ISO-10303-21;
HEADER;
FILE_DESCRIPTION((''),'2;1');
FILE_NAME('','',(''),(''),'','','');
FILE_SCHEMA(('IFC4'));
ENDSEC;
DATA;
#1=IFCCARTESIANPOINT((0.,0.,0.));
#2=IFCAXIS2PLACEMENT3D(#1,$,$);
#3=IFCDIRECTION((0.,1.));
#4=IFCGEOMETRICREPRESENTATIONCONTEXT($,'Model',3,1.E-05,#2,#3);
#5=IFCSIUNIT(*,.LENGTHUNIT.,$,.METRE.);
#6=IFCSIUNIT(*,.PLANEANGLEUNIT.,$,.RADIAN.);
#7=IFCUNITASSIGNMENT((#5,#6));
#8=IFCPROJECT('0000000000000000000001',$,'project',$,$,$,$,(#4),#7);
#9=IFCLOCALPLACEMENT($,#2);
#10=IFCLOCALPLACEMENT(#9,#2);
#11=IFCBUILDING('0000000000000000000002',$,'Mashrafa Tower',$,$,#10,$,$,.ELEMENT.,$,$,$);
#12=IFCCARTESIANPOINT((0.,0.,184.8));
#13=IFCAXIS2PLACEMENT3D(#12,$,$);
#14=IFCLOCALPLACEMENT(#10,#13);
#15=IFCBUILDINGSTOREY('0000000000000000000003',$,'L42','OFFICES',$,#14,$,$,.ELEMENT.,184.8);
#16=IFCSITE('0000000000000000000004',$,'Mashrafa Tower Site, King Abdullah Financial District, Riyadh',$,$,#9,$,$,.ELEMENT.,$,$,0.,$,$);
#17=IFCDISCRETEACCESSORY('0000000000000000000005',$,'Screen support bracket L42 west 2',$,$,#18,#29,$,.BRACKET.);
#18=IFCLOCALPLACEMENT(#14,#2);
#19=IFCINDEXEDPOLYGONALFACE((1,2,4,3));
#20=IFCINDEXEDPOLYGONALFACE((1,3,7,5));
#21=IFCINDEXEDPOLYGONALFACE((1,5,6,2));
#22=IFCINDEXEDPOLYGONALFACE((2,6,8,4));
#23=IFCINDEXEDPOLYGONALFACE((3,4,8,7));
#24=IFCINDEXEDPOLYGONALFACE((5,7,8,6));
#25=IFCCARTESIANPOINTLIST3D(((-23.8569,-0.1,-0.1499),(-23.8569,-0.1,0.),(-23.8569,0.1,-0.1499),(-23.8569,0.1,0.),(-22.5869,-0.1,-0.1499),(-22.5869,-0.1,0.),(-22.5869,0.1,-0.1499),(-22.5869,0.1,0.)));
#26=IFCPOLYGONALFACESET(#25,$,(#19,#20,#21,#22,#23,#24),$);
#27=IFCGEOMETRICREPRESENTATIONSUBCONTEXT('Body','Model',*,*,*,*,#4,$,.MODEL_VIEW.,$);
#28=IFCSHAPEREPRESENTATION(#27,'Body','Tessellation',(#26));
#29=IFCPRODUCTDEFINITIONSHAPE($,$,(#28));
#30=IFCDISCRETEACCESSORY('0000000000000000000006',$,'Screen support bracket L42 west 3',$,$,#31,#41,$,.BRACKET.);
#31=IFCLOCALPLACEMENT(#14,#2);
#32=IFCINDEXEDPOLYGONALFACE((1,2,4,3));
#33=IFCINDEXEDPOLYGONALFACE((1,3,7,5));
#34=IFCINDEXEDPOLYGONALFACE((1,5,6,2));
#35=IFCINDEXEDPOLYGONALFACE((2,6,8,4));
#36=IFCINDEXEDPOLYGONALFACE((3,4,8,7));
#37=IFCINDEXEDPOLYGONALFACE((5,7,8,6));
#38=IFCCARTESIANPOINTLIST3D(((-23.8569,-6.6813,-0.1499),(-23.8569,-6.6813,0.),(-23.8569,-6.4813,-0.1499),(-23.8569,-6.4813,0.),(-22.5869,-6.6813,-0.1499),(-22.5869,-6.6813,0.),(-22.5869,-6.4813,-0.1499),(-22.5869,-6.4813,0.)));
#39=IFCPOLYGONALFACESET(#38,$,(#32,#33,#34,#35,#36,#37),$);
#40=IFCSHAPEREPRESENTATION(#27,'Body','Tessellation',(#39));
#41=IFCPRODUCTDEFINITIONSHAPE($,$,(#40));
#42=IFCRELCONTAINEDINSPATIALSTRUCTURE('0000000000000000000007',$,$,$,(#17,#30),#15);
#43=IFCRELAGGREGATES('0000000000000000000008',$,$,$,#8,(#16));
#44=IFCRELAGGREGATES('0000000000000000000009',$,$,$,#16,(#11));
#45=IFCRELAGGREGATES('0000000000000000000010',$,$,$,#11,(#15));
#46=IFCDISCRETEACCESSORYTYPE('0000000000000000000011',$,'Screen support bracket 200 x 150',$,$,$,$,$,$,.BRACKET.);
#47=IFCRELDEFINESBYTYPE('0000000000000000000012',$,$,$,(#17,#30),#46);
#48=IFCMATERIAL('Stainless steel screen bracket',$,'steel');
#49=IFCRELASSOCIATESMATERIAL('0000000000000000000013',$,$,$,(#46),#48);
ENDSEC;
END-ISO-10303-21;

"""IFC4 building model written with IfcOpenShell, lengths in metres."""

from ifc_helpers import new_model, si_unit, direction, frame, origin, origin_2d, place, context, subcontext, project, spatial, rectangle, extrude, source, transform, mapped, material, type_object, type_shapes, element, save


model = new_model("IFC4")

# Units and contexts
model_context = context("Model", 3, precision=1e-05, world=origin(), true_north=direction((0.0, 1.0)))
body_context = subcontext(model_context, "Body", "Model", "MODEL_VIEW")
ifc_project = project(units=[si_unit("LENGTHUNIT", "METRE"), si_unit("PLANEANGLEUNIT", "RADIAN")], contexts=[model_context])

# Site, building, storey
site_placement = place(None, origin())
site = spatial("IfcSite", under=ifc_project, at=site_placement, Name="Mashrafa Tower Site, King Abdullah Financial District, Riyadh", CompositionType="ELEMENT", RefElevation=0.0)
building_placement = place(site_placement, origin())
building = spatial("IfcBuilding", under=site, at=building_placement, Name="Mashrafa Tower", CompositionType="ELEMENT")
storey_placement = place(building_placement, frame((0.0, 0.0, 184.8)))
storey = spatial("IfcBuildingStorey", under=building, at=storey_placement, Name="L42", Description="OFFICES", CompositionType="ELEMENT", Elevation=184.8)

# Discrete accessories
ifc_material_1 = material(Name="Stainless steel screen bracket", Category="steel")
discrete_accessory_type = type_object("IfcDiscreteAccessoryType", Name="Screen support bracket 200 x 150", PredefinedType="BRACKET", material=ifc_material_1)
shared_shape_1 = source(origin(), body_context, "Body", "SweptSolid", [
    extrude(rectangle(XDim=0.2, YDim=1.27, at=origin_2d()), origin(), (0.0, 0.0, 1.0), 0.1499),
])
type_shapes(discrete_accessory_type, [shared_shape_1])
for number, where, z_axis, x_axis, name in (
    (1, (-23.2219, 0.0, -0.1499), (0.0, 0.0, 1.0), (0.0, -1.0, 0.0), "Screen support bracket L42 west 2"),
    (2, (-23.2219, -6.5813, -0.1499), (0.0, 0.0, 1.0), (0.0, -1.0, 0.0), "Screen support bracket L42 west 3"),
):
    element("IfcDiscreteAccessory", number, at=place(storey_placement, frame(where, z_axis=z_axis, x_axis=x_axis)), inside=storey, type_object=discrete_accessory_type, Name=name, PredefinedType="BRACKET", context=body_context, shape_type="MappedRepresentation", body=[
        mapped(shared_shape_1, transform((0.0, 0.0, 0.0))),
    ])

save(model, "model.ifc")
